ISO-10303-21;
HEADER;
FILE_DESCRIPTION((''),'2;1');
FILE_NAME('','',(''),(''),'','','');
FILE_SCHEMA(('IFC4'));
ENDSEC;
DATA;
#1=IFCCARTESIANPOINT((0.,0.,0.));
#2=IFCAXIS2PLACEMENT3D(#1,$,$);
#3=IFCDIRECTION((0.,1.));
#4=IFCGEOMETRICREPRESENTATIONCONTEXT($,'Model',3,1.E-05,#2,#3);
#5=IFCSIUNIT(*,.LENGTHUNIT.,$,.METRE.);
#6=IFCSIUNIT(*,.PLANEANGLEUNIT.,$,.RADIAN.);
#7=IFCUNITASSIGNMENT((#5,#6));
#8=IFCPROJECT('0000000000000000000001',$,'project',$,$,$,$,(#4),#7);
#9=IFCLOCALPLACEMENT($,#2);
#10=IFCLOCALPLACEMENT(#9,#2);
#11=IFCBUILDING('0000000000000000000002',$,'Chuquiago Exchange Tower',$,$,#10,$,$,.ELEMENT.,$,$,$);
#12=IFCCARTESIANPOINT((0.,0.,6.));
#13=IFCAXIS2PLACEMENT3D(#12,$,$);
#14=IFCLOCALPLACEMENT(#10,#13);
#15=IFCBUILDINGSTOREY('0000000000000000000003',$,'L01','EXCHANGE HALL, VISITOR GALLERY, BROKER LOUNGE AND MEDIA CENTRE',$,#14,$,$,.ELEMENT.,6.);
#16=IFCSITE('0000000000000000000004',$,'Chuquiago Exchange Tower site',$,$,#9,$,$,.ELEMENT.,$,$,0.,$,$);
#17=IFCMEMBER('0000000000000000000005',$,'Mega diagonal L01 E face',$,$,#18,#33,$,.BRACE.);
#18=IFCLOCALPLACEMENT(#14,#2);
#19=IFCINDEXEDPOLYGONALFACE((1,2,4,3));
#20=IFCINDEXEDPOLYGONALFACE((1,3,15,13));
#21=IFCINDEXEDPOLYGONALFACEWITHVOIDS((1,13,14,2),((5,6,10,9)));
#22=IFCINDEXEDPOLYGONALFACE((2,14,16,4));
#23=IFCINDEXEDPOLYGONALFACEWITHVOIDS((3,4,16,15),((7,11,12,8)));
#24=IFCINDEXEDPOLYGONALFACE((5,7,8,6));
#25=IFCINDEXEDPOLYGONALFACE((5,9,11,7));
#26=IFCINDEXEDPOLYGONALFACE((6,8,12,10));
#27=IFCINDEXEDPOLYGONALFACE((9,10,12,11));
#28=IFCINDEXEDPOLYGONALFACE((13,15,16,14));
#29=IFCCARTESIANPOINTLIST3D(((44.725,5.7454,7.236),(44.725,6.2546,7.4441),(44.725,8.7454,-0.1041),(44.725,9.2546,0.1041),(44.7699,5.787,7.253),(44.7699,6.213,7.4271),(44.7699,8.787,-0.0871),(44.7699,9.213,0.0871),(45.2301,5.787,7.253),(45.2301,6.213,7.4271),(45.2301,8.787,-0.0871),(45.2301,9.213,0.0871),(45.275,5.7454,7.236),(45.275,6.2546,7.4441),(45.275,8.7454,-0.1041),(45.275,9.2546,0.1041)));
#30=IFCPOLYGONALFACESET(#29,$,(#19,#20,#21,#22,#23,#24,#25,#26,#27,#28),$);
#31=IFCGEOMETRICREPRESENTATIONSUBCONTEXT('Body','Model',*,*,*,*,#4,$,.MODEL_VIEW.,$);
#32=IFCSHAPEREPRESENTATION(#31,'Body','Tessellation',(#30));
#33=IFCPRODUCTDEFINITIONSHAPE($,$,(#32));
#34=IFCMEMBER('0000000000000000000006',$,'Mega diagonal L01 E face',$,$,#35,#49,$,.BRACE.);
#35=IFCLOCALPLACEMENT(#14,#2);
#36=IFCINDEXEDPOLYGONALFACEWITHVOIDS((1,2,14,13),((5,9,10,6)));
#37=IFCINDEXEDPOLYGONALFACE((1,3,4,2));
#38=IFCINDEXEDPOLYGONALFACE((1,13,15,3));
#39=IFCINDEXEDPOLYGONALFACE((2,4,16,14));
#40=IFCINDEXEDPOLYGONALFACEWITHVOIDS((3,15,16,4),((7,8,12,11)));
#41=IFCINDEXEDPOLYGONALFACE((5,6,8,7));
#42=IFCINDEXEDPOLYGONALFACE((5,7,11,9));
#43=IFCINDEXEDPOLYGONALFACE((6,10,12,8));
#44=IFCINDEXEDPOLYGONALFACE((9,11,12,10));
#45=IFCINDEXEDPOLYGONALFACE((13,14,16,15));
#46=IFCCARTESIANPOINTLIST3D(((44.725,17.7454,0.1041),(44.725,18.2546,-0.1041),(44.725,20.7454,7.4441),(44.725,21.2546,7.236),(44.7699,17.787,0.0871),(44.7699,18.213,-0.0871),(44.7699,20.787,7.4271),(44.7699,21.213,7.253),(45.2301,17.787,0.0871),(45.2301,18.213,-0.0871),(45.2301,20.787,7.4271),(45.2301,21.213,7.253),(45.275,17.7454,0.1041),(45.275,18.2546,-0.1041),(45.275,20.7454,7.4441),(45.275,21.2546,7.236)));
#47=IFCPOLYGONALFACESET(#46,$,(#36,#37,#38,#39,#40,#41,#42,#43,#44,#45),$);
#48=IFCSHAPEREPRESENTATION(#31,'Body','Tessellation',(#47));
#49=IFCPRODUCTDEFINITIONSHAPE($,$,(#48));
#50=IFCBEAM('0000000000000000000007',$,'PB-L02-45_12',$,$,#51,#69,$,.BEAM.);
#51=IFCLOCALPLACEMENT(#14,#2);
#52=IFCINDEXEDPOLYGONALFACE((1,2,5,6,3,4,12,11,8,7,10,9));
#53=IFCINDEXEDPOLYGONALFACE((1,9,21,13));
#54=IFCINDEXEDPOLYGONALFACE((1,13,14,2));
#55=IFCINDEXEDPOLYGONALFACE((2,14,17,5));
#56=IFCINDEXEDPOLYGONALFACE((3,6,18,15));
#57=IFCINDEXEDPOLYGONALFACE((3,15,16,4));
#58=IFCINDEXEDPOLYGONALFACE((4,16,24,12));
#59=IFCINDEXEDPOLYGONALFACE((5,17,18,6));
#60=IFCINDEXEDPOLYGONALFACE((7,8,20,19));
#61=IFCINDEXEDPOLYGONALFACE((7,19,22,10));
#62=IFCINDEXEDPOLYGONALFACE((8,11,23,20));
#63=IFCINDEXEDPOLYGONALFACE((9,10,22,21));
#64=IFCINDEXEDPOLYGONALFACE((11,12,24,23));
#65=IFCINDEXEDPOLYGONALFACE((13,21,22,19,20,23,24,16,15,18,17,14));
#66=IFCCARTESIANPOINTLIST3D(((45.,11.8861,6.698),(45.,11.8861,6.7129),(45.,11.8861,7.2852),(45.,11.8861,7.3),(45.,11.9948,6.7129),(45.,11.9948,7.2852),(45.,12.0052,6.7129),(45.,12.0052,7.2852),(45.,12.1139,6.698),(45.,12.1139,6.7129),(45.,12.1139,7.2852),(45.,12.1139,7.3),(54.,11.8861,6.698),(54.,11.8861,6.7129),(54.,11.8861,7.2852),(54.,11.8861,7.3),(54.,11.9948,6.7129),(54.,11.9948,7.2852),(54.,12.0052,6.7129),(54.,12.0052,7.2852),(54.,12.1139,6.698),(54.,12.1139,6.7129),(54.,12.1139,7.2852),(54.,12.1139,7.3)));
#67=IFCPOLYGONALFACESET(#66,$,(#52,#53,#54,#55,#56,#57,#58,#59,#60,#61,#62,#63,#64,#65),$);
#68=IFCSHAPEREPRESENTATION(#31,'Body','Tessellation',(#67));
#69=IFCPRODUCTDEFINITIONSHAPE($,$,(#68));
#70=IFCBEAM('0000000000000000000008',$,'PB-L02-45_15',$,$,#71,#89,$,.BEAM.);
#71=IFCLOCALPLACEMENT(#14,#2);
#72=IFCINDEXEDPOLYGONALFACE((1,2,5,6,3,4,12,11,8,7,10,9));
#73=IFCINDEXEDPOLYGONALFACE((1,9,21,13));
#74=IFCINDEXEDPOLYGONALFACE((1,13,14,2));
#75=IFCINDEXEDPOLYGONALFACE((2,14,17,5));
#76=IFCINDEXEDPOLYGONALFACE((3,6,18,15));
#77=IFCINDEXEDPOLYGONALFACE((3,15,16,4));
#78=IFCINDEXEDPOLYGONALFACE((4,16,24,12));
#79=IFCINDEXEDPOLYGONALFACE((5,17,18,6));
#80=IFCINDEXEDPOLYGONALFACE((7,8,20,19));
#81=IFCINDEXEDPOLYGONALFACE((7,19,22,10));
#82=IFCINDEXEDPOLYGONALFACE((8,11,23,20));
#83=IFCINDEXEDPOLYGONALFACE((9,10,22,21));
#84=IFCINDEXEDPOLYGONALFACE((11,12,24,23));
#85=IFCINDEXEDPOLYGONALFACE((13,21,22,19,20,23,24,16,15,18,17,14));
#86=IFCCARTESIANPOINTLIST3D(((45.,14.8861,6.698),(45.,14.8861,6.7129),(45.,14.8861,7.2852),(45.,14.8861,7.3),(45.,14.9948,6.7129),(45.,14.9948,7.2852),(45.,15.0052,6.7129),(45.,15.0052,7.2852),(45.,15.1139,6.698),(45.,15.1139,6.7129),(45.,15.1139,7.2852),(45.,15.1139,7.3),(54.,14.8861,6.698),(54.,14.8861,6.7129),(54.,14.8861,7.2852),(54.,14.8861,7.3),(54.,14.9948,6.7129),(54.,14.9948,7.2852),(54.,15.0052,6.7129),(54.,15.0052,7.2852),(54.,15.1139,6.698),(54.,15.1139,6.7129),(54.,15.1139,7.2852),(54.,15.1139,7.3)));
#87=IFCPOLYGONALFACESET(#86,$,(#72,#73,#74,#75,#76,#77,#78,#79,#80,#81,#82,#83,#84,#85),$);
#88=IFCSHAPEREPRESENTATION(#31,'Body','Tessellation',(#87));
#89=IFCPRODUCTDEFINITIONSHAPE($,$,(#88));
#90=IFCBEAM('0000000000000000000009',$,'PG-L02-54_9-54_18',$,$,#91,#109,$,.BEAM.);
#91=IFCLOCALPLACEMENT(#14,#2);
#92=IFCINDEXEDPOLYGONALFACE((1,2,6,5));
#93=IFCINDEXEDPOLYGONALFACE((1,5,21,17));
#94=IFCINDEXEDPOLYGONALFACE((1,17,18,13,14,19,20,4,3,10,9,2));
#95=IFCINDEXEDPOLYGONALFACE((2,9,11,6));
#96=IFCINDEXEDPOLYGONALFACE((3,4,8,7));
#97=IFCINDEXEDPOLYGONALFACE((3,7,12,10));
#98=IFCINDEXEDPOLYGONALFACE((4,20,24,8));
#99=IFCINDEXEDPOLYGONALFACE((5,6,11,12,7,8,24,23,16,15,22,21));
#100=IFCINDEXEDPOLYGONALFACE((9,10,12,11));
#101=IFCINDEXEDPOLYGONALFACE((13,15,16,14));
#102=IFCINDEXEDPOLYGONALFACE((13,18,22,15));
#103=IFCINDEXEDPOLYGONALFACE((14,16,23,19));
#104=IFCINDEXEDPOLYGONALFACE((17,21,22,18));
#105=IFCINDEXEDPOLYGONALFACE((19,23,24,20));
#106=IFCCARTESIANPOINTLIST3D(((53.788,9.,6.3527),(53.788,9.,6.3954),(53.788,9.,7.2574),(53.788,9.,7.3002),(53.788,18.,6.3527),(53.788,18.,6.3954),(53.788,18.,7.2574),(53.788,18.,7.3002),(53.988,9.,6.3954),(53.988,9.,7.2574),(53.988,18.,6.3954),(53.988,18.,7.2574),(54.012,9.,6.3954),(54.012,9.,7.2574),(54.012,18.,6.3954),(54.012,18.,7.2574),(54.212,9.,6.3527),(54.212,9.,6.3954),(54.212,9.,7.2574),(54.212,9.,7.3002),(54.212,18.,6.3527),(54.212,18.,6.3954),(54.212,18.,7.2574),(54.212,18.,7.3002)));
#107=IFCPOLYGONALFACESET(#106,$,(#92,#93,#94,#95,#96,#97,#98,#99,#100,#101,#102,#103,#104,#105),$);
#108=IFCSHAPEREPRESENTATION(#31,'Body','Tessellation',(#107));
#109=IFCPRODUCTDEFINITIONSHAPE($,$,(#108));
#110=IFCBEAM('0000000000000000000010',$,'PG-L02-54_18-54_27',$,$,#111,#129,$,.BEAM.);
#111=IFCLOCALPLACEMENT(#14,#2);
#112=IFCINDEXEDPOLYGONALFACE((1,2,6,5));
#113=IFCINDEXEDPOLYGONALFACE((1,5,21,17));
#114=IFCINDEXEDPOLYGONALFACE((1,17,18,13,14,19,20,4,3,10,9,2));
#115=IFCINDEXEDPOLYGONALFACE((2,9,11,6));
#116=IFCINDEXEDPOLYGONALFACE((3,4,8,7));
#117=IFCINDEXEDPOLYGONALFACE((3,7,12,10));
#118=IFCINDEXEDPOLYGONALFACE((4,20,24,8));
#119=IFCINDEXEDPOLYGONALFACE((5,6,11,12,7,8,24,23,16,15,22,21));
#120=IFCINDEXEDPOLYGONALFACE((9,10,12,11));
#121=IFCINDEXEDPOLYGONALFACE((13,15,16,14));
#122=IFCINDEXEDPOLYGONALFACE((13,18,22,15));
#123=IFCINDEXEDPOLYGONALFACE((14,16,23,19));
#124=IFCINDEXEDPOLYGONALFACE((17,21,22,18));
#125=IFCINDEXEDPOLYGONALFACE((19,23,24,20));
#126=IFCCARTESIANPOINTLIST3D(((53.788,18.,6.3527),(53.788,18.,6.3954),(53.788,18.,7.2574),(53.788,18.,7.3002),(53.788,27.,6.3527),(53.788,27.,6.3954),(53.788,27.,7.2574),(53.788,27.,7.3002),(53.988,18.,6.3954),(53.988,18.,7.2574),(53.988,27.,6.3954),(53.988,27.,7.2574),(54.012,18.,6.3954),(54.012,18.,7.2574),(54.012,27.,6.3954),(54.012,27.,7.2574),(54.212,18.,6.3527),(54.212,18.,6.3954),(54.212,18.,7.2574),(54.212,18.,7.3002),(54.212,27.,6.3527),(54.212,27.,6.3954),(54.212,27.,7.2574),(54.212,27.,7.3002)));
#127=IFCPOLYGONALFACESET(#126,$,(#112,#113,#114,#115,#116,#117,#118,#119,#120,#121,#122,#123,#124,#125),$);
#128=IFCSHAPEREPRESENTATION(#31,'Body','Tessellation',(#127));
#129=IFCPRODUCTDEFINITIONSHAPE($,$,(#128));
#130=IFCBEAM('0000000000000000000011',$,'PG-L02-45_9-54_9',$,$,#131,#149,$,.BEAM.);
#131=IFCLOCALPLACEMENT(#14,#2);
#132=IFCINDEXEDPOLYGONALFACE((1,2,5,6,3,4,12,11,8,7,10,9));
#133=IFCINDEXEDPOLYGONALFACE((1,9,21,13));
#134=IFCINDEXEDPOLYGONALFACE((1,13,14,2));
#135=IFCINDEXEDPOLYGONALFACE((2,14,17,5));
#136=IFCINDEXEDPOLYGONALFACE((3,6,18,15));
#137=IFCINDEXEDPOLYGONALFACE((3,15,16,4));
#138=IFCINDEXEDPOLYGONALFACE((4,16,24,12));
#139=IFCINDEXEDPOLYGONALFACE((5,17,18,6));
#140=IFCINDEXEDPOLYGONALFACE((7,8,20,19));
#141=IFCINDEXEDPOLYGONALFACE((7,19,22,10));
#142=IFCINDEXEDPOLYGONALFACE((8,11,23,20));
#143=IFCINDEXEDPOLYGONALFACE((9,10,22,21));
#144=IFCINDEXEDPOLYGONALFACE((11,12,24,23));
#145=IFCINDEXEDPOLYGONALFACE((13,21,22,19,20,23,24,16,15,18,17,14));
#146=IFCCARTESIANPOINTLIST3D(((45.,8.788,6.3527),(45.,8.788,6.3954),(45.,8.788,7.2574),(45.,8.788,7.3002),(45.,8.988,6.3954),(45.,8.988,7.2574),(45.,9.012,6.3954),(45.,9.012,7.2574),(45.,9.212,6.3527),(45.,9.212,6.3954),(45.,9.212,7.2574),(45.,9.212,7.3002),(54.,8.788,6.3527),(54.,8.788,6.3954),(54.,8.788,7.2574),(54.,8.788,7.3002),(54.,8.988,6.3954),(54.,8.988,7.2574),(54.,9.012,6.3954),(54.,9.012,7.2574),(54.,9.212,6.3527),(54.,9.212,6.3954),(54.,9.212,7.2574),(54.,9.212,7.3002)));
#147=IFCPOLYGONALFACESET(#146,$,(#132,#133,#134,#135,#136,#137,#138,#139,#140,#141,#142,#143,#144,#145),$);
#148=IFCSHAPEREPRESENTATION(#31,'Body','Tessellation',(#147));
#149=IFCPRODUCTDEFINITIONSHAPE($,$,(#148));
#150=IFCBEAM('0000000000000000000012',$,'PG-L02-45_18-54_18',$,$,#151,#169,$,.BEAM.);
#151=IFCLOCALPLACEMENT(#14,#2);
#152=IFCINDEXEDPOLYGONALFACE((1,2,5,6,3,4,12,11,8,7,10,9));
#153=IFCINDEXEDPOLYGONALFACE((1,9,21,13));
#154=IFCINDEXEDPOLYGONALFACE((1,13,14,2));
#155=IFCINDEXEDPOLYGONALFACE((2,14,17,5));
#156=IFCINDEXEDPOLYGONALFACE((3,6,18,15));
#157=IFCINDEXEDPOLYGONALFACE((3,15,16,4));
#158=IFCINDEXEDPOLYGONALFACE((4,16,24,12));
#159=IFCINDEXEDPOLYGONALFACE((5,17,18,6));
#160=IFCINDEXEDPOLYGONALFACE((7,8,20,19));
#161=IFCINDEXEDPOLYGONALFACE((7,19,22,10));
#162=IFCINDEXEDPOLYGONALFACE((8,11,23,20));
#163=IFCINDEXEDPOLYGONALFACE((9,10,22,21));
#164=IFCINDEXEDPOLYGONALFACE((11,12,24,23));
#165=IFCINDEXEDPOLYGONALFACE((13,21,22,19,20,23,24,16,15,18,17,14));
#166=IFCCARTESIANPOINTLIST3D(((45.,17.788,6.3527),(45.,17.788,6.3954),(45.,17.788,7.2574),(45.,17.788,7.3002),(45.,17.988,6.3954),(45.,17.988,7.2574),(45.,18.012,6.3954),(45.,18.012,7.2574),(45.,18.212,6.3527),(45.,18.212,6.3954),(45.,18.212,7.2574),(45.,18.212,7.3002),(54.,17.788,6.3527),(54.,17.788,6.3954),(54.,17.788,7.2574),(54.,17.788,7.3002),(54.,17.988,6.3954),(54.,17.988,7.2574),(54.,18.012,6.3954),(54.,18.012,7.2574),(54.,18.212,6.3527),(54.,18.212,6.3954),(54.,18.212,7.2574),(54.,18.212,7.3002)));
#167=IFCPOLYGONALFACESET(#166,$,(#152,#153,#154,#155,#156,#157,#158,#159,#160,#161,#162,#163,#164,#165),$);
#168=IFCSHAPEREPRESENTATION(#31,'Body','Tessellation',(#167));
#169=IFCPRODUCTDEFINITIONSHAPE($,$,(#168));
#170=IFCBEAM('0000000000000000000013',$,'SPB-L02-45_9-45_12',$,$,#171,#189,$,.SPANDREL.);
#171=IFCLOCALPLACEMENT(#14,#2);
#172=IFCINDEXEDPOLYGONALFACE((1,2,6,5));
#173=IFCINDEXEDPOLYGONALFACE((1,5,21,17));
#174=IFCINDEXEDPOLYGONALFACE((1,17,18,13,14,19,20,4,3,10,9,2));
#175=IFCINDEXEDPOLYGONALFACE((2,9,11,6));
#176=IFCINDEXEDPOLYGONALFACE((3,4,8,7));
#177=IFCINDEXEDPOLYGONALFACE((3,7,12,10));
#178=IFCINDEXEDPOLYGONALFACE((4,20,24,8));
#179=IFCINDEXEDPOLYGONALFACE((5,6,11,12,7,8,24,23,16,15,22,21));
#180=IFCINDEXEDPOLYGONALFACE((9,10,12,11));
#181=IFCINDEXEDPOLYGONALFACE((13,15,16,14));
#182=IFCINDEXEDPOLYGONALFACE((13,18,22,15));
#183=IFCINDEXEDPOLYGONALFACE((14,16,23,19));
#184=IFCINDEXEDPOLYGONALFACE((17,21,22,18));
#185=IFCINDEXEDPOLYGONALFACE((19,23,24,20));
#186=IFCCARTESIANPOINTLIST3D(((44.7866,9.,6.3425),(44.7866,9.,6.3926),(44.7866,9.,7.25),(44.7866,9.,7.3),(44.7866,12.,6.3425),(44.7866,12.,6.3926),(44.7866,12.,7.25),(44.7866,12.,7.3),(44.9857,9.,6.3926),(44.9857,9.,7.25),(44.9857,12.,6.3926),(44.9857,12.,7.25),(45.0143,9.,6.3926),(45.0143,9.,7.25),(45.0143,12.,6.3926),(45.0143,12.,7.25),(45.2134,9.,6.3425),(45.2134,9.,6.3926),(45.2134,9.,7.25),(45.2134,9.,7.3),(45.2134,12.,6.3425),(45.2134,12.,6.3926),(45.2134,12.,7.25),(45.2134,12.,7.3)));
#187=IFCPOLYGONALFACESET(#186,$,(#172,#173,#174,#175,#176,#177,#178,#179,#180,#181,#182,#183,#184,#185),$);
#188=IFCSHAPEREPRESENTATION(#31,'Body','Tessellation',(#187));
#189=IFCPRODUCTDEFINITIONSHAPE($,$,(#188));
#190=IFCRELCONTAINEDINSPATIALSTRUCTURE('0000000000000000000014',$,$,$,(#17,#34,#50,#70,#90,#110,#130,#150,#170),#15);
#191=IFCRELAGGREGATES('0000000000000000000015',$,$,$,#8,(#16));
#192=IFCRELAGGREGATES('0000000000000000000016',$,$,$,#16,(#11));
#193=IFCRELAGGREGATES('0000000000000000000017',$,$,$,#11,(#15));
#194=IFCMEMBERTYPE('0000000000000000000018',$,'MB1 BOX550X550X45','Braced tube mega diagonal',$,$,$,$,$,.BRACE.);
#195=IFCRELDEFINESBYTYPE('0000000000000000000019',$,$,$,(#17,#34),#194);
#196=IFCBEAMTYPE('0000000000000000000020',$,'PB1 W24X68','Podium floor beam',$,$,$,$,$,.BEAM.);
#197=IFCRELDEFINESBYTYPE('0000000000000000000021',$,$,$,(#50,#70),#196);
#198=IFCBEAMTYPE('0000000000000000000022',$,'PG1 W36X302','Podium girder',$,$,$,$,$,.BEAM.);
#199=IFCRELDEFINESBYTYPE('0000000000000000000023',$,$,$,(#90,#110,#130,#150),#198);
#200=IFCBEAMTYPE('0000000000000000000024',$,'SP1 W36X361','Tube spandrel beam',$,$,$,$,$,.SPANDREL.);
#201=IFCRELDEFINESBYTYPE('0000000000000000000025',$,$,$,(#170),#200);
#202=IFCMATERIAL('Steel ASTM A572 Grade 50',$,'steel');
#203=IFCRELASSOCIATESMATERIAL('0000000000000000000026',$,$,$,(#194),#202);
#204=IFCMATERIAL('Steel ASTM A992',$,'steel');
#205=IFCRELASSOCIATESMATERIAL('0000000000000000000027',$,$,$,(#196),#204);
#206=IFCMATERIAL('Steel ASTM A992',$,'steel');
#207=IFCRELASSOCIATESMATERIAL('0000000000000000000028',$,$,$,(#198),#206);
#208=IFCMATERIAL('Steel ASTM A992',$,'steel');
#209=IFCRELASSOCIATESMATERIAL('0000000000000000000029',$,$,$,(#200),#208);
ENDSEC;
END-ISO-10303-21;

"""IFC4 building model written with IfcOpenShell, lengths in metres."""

from ifc_helpers import new_model, si_unit, direction, frame, origin, origin_2d, place, context, subcontext, project, spatial, hollow_rectangle, i_section, extrude, material, material_profile, profile_set, type_object, element, save


model = new_model("IFC4")

# Units and contexts
model_context = context("Model", 3, precision=1e-05, world=origin(), true_north=direction((0.0, 1.0)))
body_context = subcontext(model_context, "Body", "Model", "MODEL_VIEW")
ifc_project = project(units=[si_unit("LENGTHUNIT", "METRE"), si_unit("PLANEANGLEUNIT", "RADIAN")], contexts=[model_context])

# Site, building, storey
site_placement = place(None, origin())
site = spatial("IfcSite", under=ifc_project, at=site_placement, Name="Chuquiago Exchange Tower site", CompositionType="ELEMENT", RefElevation=0.0)
building_placement = place(site_placement, origin())
building = spatial("IfcBuilding", under=site, at=building_placement, Name="Chuquiago Exchange Tower", CompositionType="ELEMENT")
storey_placement = place(building_placement, frame((0.0, 0.0, 6.0)))
storey = spatial("IfcBuildingStorey", under=building, at=storey_placement, Name="L01", Description="EXCHANGE HALL, VISITOR GALLERY, BROKER LOUNGE AND MEDIA CENTRE", CompositionType="ELEMENT", Elevation=6.0)

# Members
ifc_material_1 = material(Name="Steel ASTM A572 Grade 50", Category="steel")
ifc_material_profile_1 = material_profile(ifc_material_1, hollow_rectangle(XDim=0.55, YDim=0.55, WallThickness=0.0449, at=origin_2d()), Name="BOX550X550X45")
ifc_profile_set_1 = profile_set([ifc_material_profile_1], Name="Steel ASTM A572 Grade 50")
member_type_1 = type_object("IfcMemberType", Name="MB1 BOX550X550X45", Description="Braced tube mega diagonal", PredefinedType="BRACE", material=ifc_profile_set_1)
for number, where, z_axis, x_axis, name in (
    (1, (45.0, 9.0, 0.0), (0.0, -0.378334, 0.925669), (1.0, 0.0, 0.0), "Mega diagonal L01 E face"),
    (2, (45.0, 18.0, 0.0), (0.0, 0.378334, 0.925669), (-1.0, 0.0, 0.0), "Mega diagonal L01 E face"),
):
    element("IfcMember", number, at=place(storey_placement, frame(where, z_axis=z_axis, x_axis=x_axis)), inside=storey, type_object=member_type_1, Name=name, PredefinedType="BRACE", context=body_context, shape_type="SweptSolid", body=[
        extrude(hollow_rectangle(XDim=0.55, YDim=0.55, WallThickness=0.0449, at=origin_2d()), origin(), (0.0, 0.0, 1.0), 7.9294),
    ])

# Beams
ifc_material_2 = material(Name="Steel ASTM A992", Category="steel")
ifc_material_profile_2 = material_profile(ifc_material_2, i_section(OverallWidth=0.2278, OverallDepth=0.6021, WebThickness=0.0105, FlangeThickness=0.0149, at=origin_2d()), Name="W24X68")
ifc_profile_set_2 = profile_set([ifc_material_profile_2], Name="Steel ASTM A992")
beam_type_1 = type_object("IfcBeamType", Name="PB1 W24X68", Description="Podium floor beam", PredefinedType="BEAM", material=ifc_profile_set_2)
for number, where, z_axis, x_axis, name in (
    (3, (45.0, 12.0, 6.999), (1.0, 0.0, 0.0), (0.0, 1.0, 0.0), "PB-L02-45_12"),
    (4, (45.0, 15.0, 6.999), (1.0, 0.0, 0.0), (0.0, 1.0, 0.0), "PB-L02-45_15"),
):
    element("IfcBeam", number, at=place(storey_placement, frame(where, z_axis=z_axis, x_axis=x_axis)), inside=storey, type_object=beam_type_1, Name=name, PredefinedType="BEAM", context=body_context, shape_type="SweptSolid", body=[
        extrude(i_section(OverallWidth=0.2278, OverallDepth=0.6021, WebThickness=0.0105, FlangeThickness=0.0149, at=origin_2d()), origin(), (0.0, 0.0, 1.0), 9.0),
    ])
ifc_material_3 = material(Name="Steel ASTM A992", Category="steel")
ifc_material_profile_3 = material_profile(ifc_material_3, i_section(OverallWidth=0.4241, OverallDepth=0.9475, WebThickness=0.0239, FlangeThickness=0.0427, at=origin_2d()), Name="W36X302")
ifc_profile_set_3 = profile_set([ifc_material_profile_3], Name="Steel ASTM A992")
beam_type_2 = type_object("IfcBeamType", Name="PG1 W36X302", Description="Podium girder", PredefinedType="BEAM", material=ifc_profile_set_3)
for number, where, z_axis, x_axis, name in (
    (5, (54.0, 9.0, 6.8264), (0.0, 1.0, 0.0), (-1.0, 0.0, 0.0), "PG-L02-54_9-54_18"),
    (6, (54.0, 18.0, 6.8264), (0.0, 1.0, 0.0), (-1.0, 0.0, 0.0), "PG-L02-54_18-54_27"),
    (7, (45.0, 9.0, 6.8264), (1.0, 0.0, 0.0), (0.0, 1.0, 0.0), "PG-L02-45_9-54_9"),
    (8, (45.0, 18.0, 6.8264), (1.0, 0.0, 0.0), (0.0, 1.0, 0.0), "PG-L02-45_18-54_18"),
):
    element("IfcBeam", number, at=place(storey_placement, frame(where, z_axis=z_axis, x_axis=x_axis)), inside=storey, type_object=beam_type_2, Name=name, PredefinedType="BEAM", context=body_context, shape_type="SweptSolid", body=[
        extrude(i_section(OverallWidth=0.4241, OverallDepth=0.9475, WebThickness=0.0239, FlangeThickness=0.0427, at=origin_2d()), origin(), (0.0, 0.0, 1.0), 9.0),
    ])
ifc_material_4 = material(Name="Steel ASTM A992", Category="steel")
ifc_material_profile_4 = material_profile(ifc_material_4, i_section(OverallWidth=0.4268, OverallDepth=0.9575, WebThickness=0.0286, FlangeThickness=0.05, at=origin_2d()), Name="W36X361")
ifc_profile_set_4 = profile_set([ifc_material_profile_4], Name="Steel ASTM A992")
beam_type_3 = type_object("IfcBeamType", Name="SP1 W36X361", Description="Tube spandrel beam", PredefinedType="SPANDREL", material=ifc_profile_set_4)
for number, where, z_axis, x_axis, name in (
    (9, (45.0, 9.0, 6.8213), (0.0, 1.0, 0.0), (-1.0, 0.0, 0.0), "SPB-L02-45_9-45_12"),
):
    element("IfcBeam", number, at=place(storey_placement, frame(where, z_axis=z_axis, x_axis=x_axis)), inside=storey, type_object=beam_type_3, Name=name, PredefinedType="SPANDREL", context=body_context, shape_type="SweptSolid", body=[
        extrude(i_section(OverallWidth=0.4268, OverallDepth=0.9575, WebThickness=0.0286, FlangeThickness=0.05, at=origin_2d()), origin(), (0.0, 0.0, 1.0), 3.0),
    ])

save(model, "model.ifc")
